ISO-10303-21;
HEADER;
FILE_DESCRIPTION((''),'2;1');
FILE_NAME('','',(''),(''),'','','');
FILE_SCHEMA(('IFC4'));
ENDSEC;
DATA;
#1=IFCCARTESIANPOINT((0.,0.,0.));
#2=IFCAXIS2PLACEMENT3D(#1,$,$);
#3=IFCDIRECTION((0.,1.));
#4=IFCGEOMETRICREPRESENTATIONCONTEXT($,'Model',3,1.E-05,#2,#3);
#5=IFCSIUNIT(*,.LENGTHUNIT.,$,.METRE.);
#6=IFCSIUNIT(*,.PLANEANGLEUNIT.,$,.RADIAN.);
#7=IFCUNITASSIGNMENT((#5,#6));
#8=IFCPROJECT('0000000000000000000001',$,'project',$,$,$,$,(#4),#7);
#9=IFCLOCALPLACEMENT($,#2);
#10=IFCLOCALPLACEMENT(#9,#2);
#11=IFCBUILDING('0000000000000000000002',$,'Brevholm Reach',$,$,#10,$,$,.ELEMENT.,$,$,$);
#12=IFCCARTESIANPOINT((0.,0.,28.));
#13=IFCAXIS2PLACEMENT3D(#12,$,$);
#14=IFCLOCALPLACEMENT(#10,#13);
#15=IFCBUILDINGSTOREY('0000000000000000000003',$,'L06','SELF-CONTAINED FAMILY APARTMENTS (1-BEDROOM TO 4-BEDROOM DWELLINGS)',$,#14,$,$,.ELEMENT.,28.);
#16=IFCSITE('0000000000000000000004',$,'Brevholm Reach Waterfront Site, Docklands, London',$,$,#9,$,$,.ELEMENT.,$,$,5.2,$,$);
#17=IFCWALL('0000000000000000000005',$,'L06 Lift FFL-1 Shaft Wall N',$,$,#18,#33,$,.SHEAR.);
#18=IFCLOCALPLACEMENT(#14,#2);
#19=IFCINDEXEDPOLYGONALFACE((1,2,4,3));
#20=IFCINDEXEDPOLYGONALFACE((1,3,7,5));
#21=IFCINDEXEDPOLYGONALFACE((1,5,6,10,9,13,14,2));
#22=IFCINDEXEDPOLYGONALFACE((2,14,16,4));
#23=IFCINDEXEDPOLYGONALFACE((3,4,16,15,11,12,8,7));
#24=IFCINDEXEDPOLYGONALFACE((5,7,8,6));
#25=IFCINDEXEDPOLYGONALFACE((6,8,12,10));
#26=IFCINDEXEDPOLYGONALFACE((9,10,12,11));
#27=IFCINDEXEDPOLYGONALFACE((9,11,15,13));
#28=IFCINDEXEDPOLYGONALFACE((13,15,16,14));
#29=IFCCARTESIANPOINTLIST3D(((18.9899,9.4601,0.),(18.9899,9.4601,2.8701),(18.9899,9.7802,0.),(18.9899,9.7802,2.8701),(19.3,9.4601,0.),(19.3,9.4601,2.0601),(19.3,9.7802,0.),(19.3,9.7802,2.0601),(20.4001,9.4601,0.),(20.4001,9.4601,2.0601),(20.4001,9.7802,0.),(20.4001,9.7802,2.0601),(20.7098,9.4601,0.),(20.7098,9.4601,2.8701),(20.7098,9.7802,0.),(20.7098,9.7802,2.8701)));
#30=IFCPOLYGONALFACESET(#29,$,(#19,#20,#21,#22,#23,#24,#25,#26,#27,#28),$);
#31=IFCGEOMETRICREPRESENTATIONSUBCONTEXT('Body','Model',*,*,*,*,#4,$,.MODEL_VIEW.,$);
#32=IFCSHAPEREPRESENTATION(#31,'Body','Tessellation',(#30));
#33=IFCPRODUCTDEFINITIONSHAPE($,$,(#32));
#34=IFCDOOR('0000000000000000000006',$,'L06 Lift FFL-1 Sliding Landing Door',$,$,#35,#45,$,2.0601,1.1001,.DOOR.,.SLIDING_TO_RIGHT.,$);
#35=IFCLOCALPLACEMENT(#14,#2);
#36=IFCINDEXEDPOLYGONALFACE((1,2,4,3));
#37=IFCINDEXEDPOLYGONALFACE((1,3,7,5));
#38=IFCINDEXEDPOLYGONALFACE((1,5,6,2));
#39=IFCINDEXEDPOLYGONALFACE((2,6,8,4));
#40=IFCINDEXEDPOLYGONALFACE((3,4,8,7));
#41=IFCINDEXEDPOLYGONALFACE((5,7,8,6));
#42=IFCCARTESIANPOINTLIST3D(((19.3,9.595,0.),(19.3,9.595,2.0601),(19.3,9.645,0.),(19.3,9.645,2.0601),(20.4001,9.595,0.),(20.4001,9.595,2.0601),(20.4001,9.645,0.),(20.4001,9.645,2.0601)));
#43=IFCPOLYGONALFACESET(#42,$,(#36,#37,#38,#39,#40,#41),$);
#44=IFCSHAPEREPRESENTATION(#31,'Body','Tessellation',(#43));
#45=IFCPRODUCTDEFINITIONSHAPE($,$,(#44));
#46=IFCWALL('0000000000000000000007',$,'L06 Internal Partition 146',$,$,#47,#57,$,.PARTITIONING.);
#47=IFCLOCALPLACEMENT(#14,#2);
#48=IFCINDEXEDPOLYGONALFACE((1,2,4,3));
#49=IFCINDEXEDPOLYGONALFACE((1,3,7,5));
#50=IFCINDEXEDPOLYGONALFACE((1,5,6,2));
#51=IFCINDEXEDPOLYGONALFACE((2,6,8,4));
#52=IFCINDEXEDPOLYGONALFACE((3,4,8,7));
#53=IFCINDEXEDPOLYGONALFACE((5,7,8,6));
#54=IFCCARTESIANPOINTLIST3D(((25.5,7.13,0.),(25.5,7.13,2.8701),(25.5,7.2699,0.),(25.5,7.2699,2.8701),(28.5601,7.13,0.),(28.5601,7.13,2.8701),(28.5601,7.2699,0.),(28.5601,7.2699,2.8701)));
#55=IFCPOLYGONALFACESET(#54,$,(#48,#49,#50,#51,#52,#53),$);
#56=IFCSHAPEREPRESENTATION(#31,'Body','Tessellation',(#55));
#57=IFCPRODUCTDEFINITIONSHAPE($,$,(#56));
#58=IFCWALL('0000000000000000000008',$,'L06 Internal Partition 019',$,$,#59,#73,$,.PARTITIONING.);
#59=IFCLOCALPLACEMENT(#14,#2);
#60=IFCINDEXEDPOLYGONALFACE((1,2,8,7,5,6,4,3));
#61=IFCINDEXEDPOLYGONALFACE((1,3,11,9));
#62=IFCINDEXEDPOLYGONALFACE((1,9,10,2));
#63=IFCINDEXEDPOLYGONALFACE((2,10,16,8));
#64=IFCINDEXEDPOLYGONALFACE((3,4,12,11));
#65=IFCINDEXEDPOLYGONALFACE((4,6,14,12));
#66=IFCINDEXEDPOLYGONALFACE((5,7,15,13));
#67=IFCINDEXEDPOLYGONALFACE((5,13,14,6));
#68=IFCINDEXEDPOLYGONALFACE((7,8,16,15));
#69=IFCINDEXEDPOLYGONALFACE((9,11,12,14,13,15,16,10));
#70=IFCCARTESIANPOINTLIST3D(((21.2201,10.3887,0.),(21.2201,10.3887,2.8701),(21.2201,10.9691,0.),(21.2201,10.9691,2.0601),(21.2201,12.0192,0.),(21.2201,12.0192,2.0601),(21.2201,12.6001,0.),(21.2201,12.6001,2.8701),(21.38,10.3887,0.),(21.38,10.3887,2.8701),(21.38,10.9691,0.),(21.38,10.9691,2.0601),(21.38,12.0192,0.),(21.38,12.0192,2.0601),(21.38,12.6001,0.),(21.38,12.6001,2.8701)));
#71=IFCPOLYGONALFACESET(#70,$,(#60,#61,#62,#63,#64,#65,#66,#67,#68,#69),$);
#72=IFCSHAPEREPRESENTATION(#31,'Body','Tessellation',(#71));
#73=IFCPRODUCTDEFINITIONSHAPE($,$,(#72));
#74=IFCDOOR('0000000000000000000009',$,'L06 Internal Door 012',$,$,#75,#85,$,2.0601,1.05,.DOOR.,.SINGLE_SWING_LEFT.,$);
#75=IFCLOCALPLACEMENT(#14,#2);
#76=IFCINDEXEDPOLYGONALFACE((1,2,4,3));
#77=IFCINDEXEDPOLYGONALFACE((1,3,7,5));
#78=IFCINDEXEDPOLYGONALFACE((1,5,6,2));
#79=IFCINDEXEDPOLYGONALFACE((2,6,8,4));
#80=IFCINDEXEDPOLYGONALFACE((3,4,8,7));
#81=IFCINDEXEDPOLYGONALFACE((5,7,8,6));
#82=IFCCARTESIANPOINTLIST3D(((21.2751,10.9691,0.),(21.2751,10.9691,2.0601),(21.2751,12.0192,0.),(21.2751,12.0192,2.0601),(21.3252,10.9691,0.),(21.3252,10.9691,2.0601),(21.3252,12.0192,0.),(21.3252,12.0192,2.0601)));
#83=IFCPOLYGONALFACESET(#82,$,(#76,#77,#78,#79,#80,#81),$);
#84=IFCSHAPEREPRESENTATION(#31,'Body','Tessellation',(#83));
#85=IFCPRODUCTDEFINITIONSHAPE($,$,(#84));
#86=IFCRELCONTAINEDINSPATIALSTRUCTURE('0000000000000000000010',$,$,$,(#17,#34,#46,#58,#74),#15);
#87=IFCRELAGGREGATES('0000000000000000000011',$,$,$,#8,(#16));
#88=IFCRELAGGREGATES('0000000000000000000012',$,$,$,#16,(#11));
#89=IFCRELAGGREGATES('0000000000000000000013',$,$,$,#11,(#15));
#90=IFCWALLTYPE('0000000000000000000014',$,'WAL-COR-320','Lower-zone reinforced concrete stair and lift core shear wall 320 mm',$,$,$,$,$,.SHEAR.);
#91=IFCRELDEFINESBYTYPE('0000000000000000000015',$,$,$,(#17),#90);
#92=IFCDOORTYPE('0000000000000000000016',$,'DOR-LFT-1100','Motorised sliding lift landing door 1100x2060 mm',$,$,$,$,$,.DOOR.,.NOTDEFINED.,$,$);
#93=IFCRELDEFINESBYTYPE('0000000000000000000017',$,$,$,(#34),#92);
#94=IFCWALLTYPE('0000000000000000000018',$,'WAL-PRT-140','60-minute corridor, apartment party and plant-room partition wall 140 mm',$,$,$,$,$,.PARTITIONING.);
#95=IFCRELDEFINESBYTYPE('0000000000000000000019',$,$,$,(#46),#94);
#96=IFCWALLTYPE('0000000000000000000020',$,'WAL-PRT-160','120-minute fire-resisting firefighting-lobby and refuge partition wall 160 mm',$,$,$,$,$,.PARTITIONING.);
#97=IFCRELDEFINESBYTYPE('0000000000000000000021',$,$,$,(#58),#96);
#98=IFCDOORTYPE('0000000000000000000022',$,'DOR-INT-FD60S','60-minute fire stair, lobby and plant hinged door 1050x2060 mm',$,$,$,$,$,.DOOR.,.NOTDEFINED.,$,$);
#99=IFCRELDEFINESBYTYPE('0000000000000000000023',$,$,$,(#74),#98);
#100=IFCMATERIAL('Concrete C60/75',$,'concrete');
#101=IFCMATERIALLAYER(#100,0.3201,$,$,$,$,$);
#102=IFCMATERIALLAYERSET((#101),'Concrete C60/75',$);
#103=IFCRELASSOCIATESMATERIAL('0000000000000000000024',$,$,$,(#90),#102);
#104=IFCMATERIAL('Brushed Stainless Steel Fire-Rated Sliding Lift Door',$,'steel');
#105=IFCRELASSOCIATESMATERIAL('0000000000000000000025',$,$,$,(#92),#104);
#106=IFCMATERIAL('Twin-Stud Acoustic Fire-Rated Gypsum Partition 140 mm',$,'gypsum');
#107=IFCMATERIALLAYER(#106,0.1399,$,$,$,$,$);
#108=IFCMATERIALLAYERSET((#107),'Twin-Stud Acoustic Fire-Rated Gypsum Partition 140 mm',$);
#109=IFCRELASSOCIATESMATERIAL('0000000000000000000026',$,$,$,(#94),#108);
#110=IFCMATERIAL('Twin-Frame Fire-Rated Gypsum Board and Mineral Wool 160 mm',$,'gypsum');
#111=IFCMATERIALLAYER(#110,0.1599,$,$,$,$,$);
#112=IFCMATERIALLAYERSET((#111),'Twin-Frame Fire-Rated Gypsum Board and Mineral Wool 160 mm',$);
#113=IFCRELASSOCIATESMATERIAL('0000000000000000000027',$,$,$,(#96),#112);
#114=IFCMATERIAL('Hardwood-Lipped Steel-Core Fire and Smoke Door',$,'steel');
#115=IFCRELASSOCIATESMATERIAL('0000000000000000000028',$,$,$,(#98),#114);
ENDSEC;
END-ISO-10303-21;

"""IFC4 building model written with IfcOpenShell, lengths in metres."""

from ifc_helpers import new_model, si_unit, direction, frame, frame_2d, origin, place, context, subcontext, project, spatial, rectangle, extrude, material, layer, layer_set, type_object, element, fill, save


model = new_model("IFC4")

# Units and contexts
model_context = context("Model", 3, precision=1e-05, world=origin(), true_north=direction((0.0, 1.0)))
body_context = subcontext(model_context, "Body", "Model", "MODEL_VIEW")
ifc_project = project(units=[si_unit("LENGTHUNIT", "METRE"), si_unit("PLANEANGLEUNIT", "RADIAN")], contexts=[model_context])

# Site, building, storey
site_placement = place(None, origin())
site = spatial("IfcSite", under=ifc_project, at=site_placement, Name="Brevholm Reach Waterfront Site, Docklands, London", CompositionType="ELEMENT", RefElevation=5.2)
building_placement = place(site_placement, origin())
building = spatial("IfcBuilding", under=site, at=building_placement, Name="Brevholm Reach", CompositionType="ELEMENT")
storey_placement = place(building_placement, frame((0.0, 0.0, 28.0)))
storey = spatial("IfcBuildingStorey", under=building, at=storey_placement, Name="L06", Description="SELF-CONTAINED FAMILY APARTMENTS (1-BEDROOM TO 4-BEDROOM DWELLINGS)", CompositionType="ELEMENT", Elevation=28.0)

# Wall, opening, door
ifc_material_1 = material(Name="Concrete C60/75", Category="concrete")
ifc_layer_1 = layer(ifc_material_1, 0.3201)
ifc_layer_set_1 = layer_set([ifc_layer_1], Name="Concrete C60/75")
wall_type_1 = type_object("IfcWallType", Name="WAL-COR-320", Description="Lower-zone reinforced concrete stair and lift core shear wall 320 mm", PredefinedType="SHEAR", material=ifc_layer_set_1)
wall_1_placement = place(storey_placement, frame((18.99, 9.6201, 0.0), z_axis=(0.0, 0.0, 1.0), x_axis=(1.0, 0.0, 0.0)))
wall_1 = element("IfcWall", 1, at=wall_1_placement, inside=storey, type_object=wall_type_1, Name="L06 Lift FFL-1 Shaft Wall N", PredefinedType="SHEAR", context=body_context, shape_type="SweptSolid", body=[
    extrude(rectangle(XDim=1.72, YDim=0.3201, at=frame_2d((0.8599, 0.0))), origin(), (0.0, 0.0, 1.0), 2.8701),
])
opening_1_placement = place(wall_1_placement, frame((0.3101, 0.0, 0.0)))
opening_1 = element("IfcOpeningElement", 2, at=opening_1_placement, cuts=wall_1, PredefinedType="OPENING", context=body_context, shape_type="SweptSolid", body=[
    extrude(rectangle(XDim=1.1001, YDim=2.0601, at=frame_2d((0.55, 1.03))), frame((0.0, 0.1699, 0.0), z_axis=(0.0, -1.0, 0.0), x_axis=(1.0, 0.0, 0.0)), (0.0, 0.0, 1.0), 0.3401),
])
ifc_material_2 = material(Name="Brushed Stainless Steel Fire-Rated Sliding Lift Door", Category="steel")
door_type_1 = type_object("IfcDoorType", Name="DOR-LFT-1100", Description="Motorised sliding lift landing door 1100x2060 mm", OperationType="NOTDEFINED", PredefinedType="DOOR", material=ifc_material_2)
door_1_placement = place(opening_1_placement, origin())
door_1 = element("IfcDoor", 3, at=door_1_placement, inside=storey, type_object=door_type_1, Name="L06 Lift FFL-1 Sliding Landing Door", OperationType="SLIDING_TO_RIGHT", OverallHeight=2.0601, OverallWidth=1.1001, PredefinedType="DOOR", context=body_context, shape_type="SweptSolid", body=[
    extrude(rectangle(XDim=1.1001, YDim=2.0601, at=frame_2d((0.55, 1.03))), frame((0.0, 0.0249, 0.0), z_axis=(0.0, -1.0, 0.0), x_axis=(1.0, 0.0, 0.0)), (0.0, 0.0, 1.0), 0.05),
])
fill(opening_1, door_1)

# Wall
ifc_material_3 = material(Name="Twin-Stud Acoustic Fire-Rated Gypsum Partition 140 mm", Category="gypsum")
ifc_layer_2 = layer(ifc_material_3, 0.1399)
ifc_layer_set_2 = layer_set([ifc_layer_2], Name="Twin-Stud Acoustic Fire-Rated Gypsum Partition 140 mm")
wall_type_2 = type_object("IfcWallType", Name="WAL-PRT-140", Description="60-minute corridor, apartment party and plant-room partition wall 140 mm", PredefinedType="PARTITIONING", material=ifc_layer_set_2)
wall_2_placement = place(storey_placement, frame((25.5, 7.2, 0.0), z_axis=(0.0, 0.0, 1.0), x_axis=(1.0, 0.0, 0.0)))
element("IfcWall", 4, at=wall_2_placement, inside=storey, type_object=wall_type_2, Name="L06 Internal Partition 146", PredefinedType="PARTITIONING", context=body_context, shape_type="SweptSolid", body=[
    extrude(rectangle(XDim=3.0601, YDim=0.1399, at=frame_2d((1.53, 0.0))), origin(), (0.0, 0.0, 1.0), 2.8701),
])

# Wall, opening, door
ifc_material_4 = material(Name="Twin-Frame Fire-Rated Gypsum Board and Mineral Wool 160 mm", Category="gypsum")
ifc_layer_3 = layer(ifc_material_4, 0.1599)
ifc_layer_set_3 = layer_set([ifc_layer_3], Name="Twin-Frame Fire-Rated Gypsum Board and Mineral Wool 160 mm")
wall_type_3 = type_object("IfcWallType", Name="WAL-PRT-160", Description="120-minute fire-resisting firefighting-lobby and refuge partition wall 160 mm", PredefinedType="PARTITIONING", material=ifc_layer_set_3)
wall_3_placement = place(storey_placement, frame((21.3, 10.3887, 0.0), z_axis=(0.0, 0.0, 1.0), x_axis=(0.0, 1.0, 0.0)))
wall_3 = element("IfcWall", 5, at=wall_3_placement, inside=storey, type_object=wall_type_3, Name="L06 Internal Partition 019", PredefinedType="PARTITIONING", context=body_context, shape_type="SweptSolid", body=[
    extrude(rectangle(XDim=2.2114, YDim=0.1599, at=frame_2d((1.1057, 0.0))), origin(), (0.0, 0.0, 1.0), 2.8701),
])
opening_2_placement = place(wall_3_placement, frame((0.5806, 0.0, 0.0)))
opening_2 = element("IfcOpeningElement", 6, at=opening_2_placement, cuts=wall_3, PredefinedType="OPENING", context=body_context, shape_type="SweptSolid", body=[
    extrude(rectangle(XDim=1.05, YDim=2.0601, at=frame_2d((0.5249, 1.03))), frame((0.0, 0.0898, 0.0), z_axis=(0.0, -1.0, 0.0), x_axis=(1.0, 0.0, 0.0)), (0.0, 0.0, 1.0), 0.1799),
])
ifc_material_5 = material(Name="Hardwood-Lipped Steel-Core Fire and Smoke Door", Category="steel")
door_type_2 = type_object("IfcDoorType", Name="DOR-INT-FD60S", Description="60-minute fire stair, lobby and plant hinged door 1050x2060 mm", OperationType="NOTDEFINED", PredefinedType="DOOR", material=ifc_material_5)
door_2_placement = place(opening_2_placement, origin())
door_2 = element("IfcDoor", 7, at=door_2_placement, inside=storey, type_object=door_type_2, Name="L06 Internal Door 012", OperationType="SINGLE_SWING_LEFT", OverallHeight=2.0601, OverallWidth=1.05, PredefinedType="DOOR", context=body_context, shape_type="SweptSolid", body=[
    extrude(rectangle(XDim=1.05, YDim=2.0601, at=frame_2d((0.5249, 1.03))), frame((0.0, 0.0249, 0.0), z_axis=(0.0, -1.0, 0.0), x_axis=(1.0, 0.0, 0.0)), (0.0, 0.0, 1.0), 0.05),
])
fill(opening_2, door_2)

save(model, "model.ifc")
